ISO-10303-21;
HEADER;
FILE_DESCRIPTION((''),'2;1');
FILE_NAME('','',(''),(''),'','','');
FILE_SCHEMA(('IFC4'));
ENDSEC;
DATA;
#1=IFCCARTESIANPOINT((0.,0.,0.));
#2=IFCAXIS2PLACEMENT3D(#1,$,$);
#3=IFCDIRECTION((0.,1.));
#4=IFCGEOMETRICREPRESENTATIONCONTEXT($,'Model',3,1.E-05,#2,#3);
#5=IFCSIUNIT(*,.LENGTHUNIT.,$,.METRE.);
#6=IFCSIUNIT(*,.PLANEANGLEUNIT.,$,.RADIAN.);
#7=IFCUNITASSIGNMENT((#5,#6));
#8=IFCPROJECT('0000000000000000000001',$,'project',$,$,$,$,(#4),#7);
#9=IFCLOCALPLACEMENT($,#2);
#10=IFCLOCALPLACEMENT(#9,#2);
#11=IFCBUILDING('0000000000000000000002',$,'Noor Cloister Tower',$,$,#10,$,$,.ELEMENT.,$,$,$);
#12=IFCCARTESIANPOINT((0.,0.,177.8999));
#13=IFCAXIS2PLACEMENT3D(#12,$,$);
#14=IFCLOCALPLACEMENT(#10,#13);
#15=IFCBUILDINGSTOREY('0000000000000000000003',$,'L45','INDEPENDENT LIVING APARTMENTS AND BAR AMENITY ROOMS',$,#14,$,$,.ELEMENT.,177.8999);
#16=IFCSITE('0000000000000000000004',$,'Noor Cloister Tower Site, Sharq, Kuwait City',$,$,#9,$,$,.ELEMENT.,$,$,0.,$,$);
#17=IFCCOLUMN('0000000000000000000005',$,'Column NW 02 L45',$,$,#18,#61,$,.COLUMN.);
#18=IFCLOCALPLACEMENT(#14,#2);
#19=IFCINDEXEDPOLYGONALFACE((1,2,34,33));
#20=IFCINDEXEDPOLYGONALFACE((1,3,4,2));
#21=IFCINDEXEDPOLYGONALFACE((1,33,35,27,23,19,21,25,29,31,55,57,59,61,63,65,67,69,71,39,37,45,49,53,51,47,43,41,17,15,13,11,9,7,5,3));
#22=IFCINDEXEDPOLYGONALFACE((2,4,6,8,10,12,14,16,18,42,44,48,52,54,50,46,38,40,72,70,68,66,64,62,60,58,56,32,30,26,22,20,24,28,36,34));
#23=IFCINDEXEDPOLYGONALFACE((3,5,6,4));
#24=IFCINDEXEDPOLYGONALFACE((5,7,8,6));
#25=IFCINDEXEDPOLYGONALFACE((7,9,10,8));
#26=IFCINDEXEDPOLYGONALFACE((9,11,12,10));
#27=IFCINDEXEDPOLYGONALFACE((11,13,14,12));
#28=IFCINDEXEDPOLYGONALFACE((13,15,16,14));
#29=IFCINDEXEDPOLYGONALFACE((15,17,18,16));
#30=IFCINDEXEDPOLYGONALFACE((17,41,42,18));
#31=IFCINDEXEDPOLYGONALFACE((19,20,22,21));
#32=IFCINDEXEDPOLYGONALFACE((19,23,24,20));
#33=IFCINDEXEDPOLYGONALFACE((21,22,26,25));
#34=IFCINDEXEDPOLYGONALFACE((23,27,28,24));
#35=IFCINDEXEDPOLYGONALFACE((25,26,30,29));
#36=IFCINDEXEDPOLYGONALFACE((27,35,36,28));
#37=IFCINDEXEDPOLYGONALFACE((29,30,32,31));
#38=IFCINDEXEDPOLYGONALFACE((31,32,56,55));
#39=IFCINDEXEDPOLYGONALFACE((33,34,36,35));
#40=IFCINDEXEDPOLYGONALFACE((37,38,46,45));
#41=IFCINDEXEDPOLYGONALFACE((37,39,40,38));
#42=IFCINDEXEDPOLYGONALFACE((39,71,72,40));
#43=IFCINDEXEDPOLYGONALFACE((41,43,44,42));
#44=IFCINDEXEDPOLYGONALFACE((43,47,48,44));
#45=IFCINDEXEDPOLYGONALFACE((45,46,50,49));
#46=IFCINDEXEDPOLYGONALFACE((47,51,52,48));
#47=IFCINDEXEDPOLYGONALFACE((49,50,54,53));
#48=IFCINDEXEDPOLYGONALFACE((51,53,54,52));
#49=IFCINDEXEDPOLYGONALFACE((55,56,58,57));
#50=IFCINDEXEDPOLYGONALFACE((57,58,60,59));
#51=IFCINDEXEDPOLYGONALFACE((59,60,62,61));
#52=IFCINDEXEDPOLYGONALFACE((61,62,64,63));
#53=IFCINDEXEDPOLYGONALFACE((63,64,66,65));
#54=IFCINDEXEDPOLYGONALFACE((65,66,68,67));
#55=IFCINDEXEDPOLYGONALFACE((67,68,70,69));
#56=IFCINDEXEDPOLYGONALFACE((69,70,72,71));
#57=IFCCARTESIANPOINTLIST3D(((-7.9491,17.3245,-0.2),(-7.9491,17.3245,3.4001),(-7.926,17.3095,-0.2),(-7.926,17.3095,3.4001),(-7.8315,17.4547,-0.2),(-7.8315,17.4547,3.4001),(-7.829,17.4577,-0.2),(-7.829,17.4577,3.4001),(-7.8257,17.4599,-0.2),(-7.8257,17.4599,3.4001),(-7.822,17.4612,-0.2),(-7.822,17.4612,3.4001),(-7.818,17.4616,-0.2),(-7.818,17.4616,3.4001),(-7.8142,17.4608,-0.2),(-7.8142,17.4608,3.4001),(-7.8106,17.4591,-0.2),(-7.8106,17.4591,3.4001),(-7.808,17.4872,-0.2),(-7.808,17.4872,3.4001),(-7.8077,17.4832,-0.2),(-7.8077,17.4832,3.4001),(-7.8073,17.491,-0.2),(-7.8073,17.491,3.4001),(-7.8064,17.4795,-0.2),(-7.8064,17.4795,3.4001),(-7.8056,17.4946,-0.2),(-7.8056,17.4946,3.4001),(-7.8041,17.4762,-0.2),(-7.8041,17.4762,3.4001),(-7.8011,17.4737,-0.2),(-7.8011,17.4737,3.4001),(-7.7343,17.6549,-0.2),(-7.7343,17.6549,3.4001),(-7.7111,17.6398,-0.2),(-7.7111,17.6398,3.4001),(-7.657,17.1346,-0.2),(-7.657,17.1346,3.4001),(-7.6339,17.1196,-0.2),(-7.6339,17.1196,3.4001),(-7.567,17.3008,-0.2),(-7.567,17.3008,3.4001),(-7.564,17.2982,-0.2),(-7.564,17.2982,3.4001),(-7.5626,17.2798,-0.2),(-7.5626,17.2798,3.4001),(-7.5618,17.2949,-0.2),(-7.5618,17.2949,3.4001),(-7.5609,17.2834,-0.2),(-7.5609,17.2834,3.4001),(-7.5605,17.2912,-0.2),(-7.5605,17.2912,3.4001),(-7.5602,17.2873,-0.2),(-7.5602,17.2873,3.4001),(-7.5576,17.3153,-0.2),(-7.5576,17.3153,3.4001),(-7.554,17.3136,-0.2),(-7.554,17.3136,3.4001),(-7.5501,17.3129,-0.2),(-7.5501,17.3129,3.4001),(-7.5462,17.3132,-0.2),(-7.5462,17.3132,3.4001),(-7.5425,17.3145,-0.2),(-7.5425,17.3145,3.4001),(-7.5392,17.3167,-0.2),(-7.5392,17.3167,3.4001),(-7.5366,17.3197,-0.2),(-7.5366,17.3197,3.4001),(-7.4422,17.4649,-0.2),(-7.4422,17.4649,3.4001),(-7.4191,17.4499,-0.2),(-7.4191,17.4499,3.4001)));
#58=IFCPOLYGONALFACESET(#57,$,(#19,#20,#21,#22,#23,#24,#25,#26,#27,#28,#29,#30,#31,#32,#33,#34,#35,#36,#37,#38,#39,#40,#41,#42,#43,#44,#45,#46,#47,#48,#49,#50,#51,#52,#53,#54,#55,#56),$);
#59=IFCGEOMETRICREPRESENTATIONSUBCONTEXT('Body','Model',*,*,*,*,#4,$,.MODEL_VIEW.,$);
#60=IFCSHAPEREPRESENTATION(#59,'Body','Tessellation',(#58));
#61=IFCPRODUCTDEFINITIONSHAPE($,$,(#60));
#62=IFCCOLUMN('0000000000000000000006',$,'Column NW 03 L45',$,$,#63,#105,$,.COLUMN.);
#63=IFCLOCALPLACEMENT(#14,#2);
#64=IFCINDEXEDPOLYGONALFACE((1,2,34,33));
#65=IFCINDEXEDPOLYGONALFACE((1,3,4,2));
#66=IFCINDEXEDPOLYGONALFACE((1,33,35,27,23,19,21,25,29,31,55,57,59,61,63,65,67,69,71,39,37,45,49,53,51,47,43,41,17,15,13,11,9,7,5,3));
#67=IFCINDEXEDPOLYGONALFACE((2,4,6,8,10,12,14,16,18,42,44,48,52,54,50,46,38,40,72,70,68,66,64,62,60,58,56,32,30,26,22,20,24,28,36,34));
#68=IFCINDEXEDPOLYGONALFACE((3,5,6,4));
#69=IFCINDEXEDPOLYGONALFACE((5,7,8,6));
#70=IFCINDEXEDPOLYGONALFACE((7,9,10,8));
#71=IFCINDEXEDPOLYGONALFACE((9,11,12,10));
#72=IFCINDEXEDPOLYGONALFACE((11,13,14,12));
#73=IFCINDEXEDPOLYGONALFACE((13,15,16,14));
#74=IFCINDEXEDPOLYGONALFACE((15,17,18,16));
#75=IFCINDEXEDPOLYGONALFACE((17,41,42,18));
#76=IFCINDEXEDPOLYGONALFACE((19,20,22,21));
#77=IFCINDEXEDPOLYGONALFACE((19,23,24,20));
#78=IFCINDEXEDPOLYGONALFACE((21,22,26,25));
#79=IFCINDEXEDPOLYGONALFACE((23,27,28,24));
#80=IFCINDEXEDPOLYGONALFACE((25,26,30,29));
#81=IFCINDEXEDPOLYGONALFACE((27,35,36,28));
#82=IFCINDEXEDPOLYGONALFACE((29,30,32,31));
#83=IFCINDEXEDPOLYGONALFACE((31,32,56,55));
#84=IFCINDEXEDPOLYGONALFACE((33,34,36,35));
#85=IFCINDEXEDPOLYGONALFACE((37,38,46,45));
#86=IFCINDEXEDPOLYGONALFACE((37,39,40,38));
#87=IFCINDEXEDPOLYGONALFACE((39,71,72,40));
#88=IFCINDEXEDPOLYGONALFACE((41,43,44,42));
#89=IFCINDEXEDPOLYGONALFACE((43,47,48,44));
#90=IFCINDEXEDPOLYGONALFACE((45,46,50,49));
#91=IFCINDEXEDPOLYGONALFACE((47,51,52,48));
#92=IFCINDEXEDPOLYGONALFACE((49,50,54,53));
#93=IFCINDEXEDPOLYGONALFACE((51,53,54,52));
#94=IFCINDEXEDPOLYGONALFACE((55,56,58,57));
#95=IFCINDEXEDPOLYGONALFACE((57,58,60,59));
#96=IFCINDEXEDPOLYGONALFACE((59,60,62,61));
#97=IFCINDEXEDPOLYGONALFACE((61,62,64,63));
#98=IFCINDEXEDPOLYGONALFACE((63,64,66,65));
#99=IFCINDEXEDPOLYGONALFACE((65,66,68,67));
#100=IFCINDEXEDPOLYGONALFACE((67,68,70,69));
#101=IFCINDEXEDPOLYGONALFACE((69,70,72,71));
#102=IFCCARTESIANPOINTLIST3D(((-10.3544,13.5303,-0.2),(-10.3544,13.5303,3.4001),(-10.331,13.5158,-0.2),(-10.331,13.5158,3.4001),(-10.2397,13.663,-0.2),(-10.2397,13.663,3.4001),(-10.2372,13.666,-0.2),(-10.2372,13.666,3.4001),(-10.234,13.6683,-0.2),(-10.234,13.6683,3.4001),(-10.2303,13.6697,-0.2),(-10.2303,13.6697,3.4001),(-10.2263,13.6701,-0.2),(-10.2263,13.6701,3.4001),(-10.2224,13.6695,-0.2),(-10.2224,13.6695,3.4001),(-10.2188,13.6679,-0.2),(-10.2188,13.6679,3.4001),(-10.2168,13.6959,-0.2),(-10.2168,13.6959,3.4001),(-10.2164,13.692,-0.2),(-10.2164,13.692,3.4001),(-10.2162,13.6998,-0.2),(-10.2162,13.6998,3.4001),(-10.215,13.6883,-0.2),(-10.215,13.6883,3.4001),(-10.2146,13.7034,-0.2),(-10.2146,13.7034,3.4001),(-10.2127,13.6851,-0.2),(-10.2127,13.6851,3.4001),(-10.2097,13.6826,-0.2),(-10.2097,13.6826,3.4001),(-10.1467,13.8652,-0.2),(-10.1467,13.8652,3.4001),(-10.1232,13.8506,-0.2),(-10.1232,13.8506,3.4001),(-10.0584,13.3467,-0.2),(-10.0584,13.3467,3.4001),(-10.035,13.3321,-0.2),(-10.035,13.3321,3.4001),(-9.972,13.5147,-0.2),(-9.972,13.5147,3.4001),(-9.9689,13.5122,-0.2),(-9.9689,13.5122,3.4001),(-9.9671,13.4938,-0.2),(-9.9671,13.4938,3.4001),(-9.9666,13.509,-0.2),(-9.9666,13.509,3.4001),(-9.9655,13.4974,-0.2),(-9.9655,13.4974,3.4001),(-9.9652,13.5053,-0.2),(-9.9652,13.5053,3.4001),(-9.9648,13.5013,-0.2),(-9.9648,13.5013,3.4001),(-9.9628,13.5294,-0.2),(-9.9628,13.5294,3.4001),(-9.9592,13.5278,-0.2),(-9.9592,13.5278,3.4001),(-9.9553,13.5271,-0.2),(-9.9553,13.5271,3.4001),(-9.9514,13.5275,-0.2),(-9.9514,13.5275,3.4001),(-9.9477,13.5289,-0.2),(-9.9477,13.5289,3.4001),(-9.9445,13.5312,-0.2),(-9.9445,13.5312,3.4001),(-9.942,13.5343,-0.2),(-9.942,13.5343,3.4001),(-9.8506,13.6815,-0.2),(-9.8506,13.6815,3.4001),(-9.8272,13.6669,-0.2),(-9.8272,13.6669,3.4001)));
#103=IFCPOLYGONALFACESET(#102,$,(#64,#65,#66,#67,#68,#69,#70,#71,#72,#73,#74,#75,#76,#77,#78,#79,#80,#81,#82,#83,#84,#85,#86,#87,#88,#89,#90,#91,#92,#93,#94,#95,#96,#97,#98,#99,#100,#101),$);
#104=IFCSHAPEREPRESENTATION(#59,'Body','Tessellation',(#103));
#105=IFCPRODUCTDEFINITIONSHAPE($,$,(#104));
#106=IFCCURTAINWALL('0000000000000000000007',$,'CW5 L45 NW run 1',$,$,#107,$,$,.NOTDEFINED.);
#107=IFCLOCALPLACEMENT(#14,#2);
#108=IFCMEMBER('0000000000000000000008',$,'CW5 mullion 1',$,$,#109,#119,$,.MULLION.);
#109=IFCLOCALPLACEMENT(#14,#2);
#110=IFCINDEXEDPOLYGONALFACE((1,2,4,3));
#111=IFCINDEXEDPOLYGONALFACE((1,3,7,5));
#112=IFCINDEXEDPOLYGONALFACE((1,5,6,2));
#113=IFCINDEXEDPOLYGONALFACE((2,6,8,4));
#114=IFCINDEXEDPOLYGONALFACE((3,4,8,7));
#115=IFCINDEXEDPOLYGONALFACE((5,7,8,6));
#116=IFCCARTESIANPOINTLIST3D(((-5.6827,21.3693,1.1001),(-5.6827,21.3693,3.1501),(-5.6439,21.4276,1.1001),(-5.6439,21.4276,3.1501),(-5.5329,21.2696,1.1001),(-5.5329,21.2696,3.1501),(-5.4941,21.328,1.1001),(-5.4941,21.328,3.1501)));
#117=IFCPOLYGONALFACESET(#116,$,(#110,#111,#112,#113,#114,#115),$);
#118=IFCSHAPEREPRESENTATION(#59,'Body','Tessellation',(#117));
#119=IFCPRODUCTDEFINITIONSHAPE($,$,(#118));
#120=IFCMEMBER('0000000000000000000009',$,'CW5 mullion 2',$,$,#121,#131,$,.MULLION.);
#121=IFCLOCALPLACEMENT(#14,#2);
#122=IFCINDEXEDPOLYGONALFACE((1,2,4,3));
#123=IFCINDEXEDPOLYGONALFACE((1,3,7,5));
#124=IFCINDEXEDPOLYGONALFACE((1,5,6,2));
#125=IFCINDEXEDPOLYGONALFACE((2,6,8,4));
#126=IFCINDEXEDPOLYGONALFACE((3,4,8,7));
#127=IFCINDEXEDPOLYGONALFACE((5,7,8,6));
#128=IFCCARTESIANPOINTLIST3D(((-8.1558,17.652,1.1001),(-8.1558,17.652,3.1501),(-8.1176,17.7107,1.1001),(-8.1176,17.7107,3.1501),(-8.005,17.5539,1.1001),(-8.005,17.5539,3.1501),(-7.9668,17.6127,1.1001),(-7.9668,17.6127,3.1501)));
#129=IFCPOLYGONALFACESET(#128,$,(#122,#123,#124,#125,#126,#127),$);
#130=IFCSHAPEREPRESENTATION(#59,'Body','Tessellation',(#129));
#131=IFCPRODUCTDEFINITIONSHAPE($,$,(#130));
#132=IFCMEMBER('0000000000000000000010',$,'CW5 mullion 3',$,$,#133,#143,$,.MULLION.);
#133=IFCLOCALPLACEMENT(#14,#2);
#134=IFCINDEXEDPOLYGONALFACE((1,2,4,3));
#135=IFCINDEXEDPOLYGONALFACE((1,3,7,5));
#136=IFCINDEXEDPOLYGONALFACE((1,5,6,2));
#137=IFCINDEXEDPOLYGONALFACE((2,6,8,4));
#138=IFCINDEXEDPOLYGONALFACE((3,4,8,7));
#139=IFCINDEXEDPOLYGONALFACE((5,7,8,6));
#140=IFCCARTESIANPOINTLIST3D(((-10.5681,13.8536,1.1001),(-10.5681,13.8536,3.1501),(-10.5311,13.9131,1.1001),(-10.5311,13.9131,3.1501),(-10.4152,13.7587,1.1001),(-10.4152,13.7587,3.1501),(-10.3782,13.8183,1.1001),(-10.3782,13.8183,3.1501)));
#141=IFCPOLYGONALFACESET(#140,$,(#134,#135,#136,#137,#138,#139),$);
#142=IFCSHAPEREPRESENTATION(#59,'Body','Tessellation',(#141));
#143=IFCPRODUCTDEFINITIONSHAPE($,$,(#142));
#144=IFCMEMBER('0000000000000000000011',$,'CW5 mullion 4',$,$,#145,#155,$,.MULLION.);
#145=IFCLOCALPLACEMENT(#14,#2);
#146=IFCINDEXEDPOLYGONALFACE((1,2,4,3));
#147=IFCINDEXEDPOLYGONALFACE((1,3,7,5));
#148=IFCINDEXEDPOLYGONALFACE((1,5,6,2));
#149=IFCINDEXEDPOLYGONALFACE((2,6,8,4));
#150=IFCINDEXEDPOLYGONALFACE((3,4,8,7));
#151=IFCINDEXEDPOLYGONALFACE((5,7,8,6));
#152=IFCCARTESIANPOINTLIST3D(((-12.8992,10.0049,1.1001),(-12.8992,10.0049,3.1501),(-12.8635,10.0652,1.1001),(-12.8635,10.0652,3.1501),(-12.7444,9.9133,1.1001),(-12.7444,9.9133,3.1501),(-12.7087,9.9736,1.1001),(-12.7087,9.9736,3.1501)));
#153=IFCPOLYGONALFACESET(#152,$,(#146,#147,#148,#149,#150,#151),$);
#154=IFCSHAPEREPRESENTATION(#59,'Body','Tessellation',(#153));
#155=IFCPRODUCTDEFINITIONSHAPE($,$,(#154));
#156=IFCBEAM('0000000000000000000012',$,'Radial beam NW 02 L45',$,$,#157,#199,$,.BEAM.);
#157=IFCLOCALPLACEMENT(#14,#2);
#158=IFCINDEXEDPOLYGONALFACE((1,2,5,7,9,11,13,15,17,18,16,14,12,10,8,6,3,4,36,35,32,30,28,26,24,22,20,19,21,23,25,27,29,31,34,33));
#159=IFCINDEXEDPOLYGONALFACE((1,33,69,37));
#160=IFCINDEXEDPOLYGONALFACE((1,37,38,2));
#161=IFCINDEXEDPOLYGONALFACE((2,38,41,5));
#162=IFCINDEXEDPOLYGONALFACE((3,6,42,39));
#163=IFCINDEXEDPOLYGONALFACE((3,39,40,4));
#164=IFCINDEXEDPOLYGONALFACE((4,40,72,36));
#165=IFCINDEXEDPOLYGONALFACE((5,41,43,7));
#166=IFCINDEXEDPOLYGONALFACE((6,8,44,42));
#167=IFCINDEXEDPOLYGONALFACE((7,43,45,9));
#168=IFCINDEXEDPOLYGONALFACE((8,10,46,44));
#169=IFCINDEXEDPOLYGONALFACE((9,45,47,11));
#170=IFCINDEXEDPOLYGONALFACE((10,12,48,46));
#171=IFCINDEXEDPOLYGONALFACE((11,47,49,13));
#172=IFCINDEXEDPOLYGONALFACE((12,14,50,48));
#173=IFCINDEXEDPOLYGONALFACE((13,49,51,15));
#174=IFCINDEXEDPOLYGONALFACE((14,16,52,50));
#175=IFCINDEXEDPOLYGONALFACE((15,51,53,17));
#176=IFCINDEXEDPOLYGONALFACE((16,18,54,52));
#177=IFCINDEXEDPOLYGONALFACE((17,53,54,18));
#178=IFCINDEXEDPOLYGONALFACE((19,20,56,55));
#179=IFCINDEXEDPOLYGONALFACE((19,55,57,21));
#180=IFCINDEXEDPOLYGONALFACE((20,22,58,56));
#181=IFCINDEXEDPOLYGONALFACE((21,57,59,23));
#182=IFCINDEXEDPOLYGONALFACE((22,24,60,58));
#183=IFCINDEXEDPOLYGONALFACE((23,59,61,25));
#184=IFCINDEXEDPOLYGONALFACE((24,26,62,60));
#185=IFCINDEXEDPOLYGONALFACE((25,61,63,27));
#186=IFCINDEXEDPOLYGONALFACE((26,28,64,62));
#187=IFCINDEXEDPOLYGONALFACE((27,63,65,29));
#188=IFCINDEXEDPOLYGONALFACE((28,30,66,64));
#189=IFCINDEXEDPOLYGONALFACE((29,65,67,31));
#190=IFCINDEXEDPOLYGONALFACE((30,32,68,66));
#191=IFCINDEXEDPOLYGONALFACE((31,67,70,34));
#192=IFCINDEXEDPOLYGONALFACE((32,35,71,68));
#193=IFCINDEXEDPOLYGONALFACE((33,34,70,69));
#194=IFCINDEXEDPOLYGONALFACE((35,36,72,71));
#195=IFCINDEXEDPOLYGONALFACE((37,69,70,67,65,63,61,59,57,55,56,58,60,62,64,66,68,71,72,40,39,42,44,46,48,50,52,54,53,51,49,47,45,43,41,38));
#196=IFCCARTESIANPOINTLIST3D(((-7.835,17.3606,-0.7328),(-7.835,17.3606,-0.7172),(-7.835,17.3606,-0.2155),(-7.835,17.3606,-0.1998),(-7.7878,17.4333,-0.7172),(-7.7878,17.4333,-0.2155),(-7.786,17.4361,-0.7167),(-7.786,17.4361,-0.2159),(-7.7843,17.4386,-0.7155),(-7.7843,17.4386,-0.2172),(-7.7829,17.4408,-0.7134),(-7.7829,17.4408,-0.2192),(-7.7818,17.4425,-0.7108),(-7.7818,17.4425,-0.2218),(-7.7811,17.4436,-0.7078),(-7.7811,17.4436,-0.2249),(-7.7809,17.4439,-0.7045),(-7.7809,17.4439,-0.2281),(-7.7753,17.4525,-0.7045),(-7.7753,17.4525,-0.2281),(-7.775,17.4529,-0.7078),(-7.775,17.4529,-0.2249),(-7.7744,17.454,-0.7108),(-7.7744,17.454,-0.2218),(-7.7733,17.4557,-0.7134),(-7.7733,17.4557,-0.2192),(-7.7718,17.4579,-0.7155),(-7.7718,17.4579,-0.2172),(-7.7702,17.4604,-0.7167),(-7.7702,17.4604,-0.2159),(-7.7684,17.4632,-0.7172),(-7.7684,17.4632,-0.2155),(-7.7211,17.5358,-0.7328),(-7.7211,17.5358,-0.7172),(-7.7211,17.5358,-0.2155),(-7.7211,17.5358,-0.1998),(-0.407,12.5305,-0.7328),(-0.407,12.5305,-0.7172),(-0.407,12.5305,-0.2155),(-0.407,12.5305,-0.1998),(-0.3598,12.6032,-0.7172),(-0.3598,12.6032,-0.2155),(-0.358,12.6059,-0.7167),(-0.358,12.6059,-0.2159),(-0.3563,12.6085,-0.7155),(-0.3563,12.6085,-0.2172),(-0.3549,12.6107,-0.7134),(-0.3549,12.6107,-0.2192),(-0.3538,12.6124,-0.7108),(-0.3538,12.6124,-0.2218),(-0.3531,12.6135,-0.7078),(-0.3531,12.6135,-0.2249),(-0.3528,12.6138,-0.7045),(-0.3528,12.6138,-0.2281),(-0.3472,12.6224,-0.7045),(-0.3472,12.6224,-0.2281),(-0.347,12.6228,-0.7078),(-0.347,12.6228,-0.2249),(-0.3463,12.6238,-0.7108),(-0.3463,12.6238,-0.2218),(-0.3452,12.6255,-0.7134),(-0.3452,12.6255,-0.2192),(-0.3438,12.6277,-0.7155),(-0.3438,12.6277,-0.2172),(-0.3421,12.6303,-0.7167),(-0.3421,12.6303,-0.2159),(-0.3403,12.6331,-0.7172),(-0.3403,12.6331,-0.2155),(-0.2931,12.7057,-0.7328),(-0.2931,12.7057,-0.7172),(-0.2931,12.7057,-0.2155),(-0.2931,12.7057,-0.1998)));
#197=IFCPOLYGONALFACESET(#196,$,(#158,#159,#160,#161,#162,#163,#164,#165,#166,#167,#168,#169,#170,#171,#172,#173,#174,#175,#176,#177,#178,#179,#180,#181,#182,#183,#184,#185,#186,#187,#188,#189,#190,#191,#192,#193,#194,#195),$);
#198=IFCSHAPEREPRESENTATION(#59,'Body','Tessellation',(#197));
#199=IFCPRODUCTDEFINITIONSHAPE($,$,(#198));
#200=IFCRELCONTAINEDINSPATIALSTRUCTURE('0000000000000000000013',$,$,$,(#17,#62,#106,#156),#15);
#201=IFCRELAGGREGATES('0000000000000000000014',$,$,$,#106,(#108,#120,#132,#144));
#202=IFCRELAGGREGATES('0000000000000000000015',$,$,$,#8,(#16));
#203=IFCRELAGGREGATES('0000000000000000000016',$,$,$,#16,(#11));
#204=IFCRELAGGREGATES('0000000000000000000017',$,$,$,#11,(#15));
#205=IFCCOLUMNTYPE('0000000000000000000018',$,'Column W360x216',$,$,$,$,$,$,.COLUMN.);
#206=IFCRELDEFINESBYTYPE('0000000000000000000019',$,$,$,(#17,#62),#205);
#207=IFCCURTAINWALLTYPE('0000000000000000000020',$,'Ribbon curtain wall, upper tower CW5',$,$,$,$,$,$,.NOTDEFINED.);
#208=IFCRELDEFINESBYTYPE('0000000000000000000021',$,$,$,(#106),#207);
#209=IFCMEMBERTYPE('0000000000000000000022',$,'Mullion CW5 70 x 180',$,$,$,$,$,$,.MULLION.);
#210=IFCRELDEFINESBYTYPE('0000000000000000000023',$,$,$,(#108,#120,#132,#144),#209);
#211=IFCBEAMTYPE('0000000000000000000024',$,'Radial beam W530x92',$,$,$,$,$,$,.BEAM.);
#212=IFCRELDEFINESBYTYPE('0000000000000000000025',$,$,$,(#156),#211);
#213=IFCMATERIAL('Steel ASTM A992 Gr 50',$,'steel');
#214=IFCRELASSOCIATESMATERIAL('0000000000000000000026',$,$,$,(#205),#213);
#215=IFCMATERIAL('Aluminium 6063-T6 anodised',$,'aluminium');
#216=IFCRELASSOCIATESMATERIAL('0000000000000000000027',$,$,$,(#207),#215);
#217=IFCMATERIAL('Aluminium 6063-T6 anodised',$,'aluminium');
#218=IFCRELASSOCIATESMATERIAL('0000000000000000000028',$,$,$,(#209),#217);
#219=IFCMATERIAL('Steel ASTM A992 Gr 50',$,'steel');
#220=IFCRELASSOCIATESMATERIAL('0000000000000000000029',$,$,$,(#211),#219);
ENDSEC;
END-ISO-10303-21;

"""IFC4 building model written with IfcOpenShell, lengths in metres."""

from ifc_helpers import new_model, si_unit, direction, frame, origin, origin_2d, place, context, subcontext, project, spatial, rectangle, i_section, extrude, material, material_profile, profile_set, type_object, element, aggregate, save


model = new_model("IFC4")

# Units and contexts
model_context = context("Model", 3, precision=1e-05, world=origin(), true_north=direction((0.0, 1.0)))
body_context = subcontext(model_context, "Body", "Model", "MODEL_VIEW")
ifc_project = project(units=[si_unit("LENGTHUNIT", "METRE"), si_unit("PLANEANGLEUNIT", "RADIAN")], contexts=[model_context])

# Site, building, storey
site_placement = place(None, origin())
site = spatial("IfcSite", under=ifc_project, at=site_placement, Name="Noor Cloister Tower Site, Sharq, Kuwait City", CompositionType="ELEMENT", RefElevation=0.0)
building_placement = place(site_placement, origin())
building = spatial("IfcBuilding", under=site, at=building_placement, Name="Noor Cloister Tower", CompositionType="ELEMENT")
storey_placement = place(building_placement, frame((0.0, 0.0, 177.8999)))
storey = spatial("IfcBuildingStorey", under=building, at=storey_placement, Name="L45", Description="INDEPENDENT LIVING APARTMENTS AND BAR AMENITY ROOMS", CompositionType="ELEMENT", Elevation=177.8999)

# Columns
ifc_material_1 = material(Name="Steel ASTM A992 Gr 50", Category="steel")
ifc_material_profile_1 = material_profile(ifc_material_1, i_section(OverallWidth=0.394, OverallDepth=0.376, WebThickness=0.0173, FlangeThickness=0.0276, FilletRadius=0.0151, at=origin_2d()), Name="W360x216")
ifc_profile_set_1 = profile_set([ifc_material_profile_1], Name="Steel ASTM A992 Gr 50")
column_type = type_object("IfcColumnType", Name="Column W360x216", PredefinedType="COLUMN", material=ifc_profile_set_1)
for number, where, z_axis, x_axis, name in (
    (1, (-7.6841, 17.3872, -0.2), (0.0, 0.0, 1.0), (-0.545137, -0.838347, 0.0), "Column NW 02 L45"),
    (2, (-10.0908, 13.5986, -0.2), (0.0, 0.0, 1.0), (-0.527259, -0.849705, 0.0), "Column NW 03 L45"),
):
    element("IfcColumn", number, at=place(storey_placement, frame(where, z_axis=z_axis, x_axis=x_axis)), inside=storey, type_object=column_type, Name=name, PredefinedType="COLUMN", context=body_context, shape_type="SweptSolid", body=[
        extrude(i_section(OverallWidth=0.394, OverallDepth=0.376, WebThickness=0.0173, FlangeThickness=0.0276, FilletRadius=0.0151, at=origin_2d()), origin(), (0.0, 0.0, 1.0), 3.6001),
    ])

# Curtain wall, members
ifc_material_2 = material(Name="Aluminium 6063-T6 anodised", Category="aluminium")
curtain_wall_type = type_object("IfcCurtainWallType", Name="Ribbon curtain wall, upper tower CW5", PredefinedType="NOTDEFINED", material=ifc_material_2)
curtain_wall_placement = place(storey_placement, origin())
curtain_wall = element("IfcCurtainWall", 3, at=curtain_wall_placement, inside=storey, type_object=curtain_wall_type, Name="CW5 L45 NW run 1", PredefinedType="NOTDEFINED")
ifc_material_3 = material(Name="Aluminium 6063-T6 anodised", Category="aluminium")
ifc_material_profile_2 = material_profile(ifc_material_3, rectangle(XDim=0.1799, YDim=0.0701, at=origin_2d()), Name="180 x 70 mullion")
ifc_profile_set_2 = profile_set([ifc_material_profile_2], Name="Aluminium 6063-T6 anodised")
member_type = type_object("IfcMemberType", Name="Mullion CW5 70 x 180", PredefinedType="MULLION", material=ifc_profile_set_2)
member_1_placement = place(storey_placement, frame((-5.5884, 21.3486, 1.1001), z_axis=(0.0, 0.0, 1.0), x_axis=(0.832527, -0.553985, 0.0)))
member_1 = element("IfcMember", 4, at=member_1_placement, type_object=member_type, Name="CW5 mullion 1", PredefinedType="MULLION", context=body_context, shape_type="SweptSolid", body=[
    extrude(rectangle(XDim=0.1799, YDim=0.0701, at=origin_2d()), origin(), (0.0, 0.0, 1.0), 2.05),
])
member_2_placement = place(storey_placement, frame((-8.0613, 17.6323, 1.1001), z_axis=(0.0, 0.0, 1.0), x_axis=(0.838347, -0.545137, 0.0)))
member_2 = element("IfcMember", 5, at=member_2_placement, type_object=member_type, Name="CW5 mullion 2", PredefinedType="MULLION", context=body_context, shape_type="SweptSolid", body=[
    extrude(rectangle(XDim=0.1799, YDim=0.0701, at=origin_2d()), origin(), (0.0, 0.0, 1.0), 2.05),
])
member_3_placement = place(storey_placement, frame((-10.4731, 13.8359, 1.1001), z_axis=(0.0, 0.0, 1.0), x_axis=(0.849705, -0.527259, 0.0)))
member_3 = element("IfcMember", 6, at=member_3_placement, type_object=member_type, Name="CW5 mullion 3", PredefinedType="MULLION", context=body_context, shape_type="SweptSolid", body=[
    extrude(rectangle(XDim=0.1799, YDim=0.0701, at=origin_2d()), origin(), (0.0, 0.0, 1.0), 2.05),
])
member_4_placement = place(storey_placement, frame((-12.804, 9.9893, 1.1001), z_axis=(0.0, 0.0, 1.0), x_axis=(0.860682, -0.509144, 0.0)))
member_4 = element("IfcMember", 7, at=member_4_placement, type_object=member_type, Name="CW5 mullion 4", PredefinedType="MULLION", context=body_context, shape_type="SweptSolid", body=[
    extrude(rectangle(XDim=0.1799, YDim=0.0701, at=origin_2d()), origin(), (0.0, 0.0, 1.0), 2.05),
])

# Beam
ifc_material_4 = material(Name="Steel ASTM A992 Gr 50", Category="steel")
ifc_material_profile_3 = material_profile(ifc_material_4, i_section(OverallWidth=0.209, OverallDepth=0.533, WebThickness=0.0103, FlangeThickness=0.0156, FilletRadius=0.0127, at=origin_2d()), Name="W530x92")
ifc_profile_set_3 = profile_set([ifc_material_profile_3], Name="Steel ASTM A992 Gr 50")
beam_type_1 = type_object("IfcBeamType", Name="Radial beam W530x92", PredefinedType="BEAM", material=ifc_profile_set_3)
beam_1_placement = place(storey_placement, frame((-7.7781, 17.4482, -0.4663), z_axis=(0.838346, -0.545138, 0.0), x_axis=(0.545138, 0.838346, 0.0)))
element("IfcBeam", 8, at=beam_1_placement, inside=storey, type_object=beam_type_1, Name="Radial beam NW 02 L45", PredefinedType="BEAM", context=body_context, shape_type="SweptSolid", body=[
    extrude(i_section(OverallWidth=0.209, OverallDepth=0.533, WebThickness=0.0103, FlangeThickness=0.0156, FilletRadius=0.0127, at=origin_2d()), origin(), (0.0, 0.0, 1.0), 8.8604),
])

aggregate(curtain_wall, [member_1, member_2, member_3, member_4])

save(model, "model.ifc")
